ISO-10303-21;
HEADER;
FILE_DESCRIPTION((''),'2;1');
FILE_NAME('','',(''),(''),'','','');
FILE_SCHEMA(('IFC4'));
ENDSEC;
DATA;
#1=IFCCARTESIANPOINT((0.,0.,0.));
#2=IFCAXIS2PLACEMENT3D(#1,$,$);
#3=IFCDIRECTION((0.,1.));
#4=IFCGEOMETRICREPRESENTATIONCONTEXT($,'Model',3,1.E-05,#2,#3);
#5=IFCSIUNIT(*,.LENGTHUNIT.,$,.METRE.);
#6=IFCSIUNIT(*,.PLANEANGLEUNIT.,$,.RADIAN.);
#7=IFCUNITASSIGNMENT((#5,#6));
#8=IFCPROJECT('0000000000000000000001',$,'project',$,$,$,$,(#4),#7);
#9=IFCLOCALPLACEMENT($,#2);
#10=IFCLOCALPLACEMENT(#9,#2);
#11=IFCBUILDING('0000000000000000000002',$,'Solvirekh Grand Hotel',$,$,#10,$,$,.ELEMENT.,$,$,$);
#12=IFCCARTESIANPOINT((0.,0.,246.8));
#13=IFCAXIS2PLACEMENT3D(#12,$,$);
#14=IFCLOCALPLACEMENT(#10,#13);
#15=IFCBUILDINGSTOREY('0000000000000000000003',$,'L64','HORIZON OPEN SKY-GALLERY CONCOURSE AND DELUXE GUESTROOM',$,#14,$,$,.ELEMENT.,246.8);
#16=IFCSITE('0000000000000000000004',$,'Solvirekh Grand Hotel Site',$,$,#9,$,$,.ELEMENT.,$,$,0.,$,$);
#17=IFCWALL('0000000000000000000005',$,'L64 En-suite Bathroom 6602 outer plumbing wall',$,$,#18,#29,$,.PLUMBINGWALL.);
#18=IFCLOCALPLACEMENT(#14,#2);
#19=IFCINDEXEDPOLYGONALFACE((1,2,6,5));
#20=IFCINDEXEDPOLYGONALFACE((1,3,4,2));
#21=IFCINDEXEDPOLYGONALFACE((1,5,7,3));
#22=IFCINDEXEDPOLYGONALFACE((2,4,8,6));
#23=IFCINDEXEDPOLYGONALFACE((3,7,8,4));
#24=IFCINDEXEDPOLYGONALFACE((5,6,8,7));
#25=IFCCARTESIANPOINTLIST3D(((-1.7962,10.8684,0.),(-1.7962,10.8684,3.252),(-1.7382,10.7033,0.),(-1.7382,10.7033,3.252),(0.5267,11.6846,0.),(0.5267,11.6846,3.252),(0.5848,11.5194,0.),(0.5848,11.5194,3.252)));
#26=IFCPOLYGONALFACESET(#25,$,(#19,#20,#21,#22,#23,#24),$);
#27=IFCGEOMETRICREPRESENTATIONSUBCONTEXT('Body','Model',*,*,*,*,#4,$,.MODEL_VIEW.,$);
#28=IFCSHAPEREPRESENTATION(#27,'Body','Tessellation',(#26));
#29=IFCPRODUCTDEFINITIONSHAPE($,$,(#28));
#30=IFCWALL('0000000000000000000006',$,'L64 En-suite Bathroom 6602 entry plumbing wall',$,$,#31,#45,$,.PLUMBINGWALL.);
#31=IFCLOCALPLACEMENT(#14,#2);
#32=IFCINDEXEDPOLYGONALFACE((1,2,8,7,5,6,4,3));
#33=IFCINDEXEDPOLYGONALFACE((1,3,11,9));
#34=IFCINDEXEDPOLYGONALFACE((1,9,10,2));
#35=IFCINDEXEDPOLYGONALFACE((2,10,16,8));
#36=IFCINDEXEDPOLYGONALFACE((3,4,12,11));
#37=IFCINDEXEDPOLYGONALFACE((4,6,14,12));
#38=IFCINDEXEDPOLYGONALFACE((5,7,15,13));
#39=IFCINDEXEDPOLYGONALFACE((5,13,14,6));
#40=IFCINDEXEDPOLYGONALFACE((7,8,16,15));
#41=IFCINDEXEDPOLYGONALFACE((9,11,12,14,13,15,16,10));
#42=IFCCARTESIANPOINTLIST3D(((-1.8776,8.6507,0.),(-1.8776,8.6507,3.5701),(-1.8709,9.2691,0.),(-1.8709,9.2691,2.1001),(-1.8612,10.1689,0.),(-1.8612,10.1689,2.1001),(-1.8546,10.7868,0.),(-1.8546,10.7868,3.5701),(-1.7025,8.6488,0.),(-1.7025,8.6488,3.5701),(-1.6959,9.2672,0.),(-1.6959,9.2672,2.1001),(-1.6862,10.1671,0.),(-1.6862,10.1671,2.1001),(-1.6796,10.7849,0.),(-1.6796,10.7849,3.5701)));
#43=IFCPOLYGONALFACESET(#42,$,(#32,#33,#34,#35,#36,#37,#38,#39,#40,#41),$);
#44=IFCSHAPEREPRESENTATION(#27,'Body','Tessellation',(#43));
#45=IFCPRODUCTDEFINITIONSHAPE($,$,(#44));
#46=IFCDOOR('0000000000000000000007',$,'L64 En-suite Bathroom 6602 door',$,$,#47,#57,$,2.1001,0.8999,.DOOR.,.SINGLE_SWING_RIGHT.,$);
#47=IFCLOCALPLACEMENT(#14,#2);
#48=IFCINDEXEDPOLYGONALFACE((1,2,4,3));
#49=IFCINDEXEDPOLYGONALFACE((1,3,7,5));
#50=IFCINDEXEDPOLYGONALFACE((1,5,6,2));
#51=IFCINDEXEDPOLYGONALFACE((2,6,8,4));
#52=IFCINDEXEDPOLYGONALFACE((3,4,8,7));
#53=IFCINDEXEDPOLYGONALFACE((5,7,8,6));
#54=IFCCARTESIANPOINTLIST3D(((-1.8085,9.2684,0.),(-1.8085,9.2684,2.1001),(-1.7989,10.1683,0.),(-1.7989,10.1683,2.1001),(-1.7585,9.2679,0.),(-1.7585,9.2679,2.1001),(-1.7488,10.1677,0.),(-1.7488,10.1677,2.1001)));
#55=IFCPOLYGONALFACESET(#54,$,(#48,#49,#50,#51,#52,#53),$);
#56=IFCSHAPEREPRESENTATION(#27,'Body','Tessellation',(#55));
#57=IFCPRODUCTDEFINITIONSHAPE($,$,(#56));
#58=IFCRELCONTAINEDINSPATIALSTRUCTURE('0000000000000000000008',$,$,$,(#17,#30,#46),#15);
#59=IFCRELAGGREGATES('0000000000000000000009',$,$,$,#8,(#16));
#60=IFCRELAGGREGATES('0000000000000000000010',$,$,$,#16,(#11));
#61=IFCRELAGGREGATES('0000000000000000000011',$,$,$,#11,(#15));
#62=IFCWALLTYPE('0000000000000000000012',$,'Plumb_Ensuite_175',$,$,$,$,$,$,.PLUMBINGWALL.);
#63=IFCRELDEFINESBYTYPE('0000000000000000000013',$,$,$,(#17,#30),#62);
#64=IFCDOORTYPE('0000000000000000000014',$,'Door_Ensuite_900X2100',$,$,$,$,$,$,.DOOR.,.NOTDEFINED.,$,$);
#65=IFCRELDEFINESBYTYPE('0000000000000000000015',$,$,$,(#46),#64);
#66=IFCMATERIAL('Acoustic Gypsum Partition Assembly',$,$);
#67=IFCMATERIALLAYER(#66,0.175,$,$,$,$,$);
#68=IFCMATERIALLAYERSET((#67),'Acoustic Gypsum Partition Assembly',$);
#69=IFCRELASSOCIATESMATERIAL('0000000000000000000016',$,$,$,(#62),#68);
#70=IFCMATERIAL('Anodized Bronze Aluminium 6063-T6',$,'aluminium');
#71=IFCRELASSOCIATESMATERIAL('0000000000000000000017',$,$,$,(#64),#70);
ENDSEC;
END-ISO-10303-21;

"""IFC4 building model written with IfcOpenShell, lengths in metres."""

from ifc_helpers import new_model, si_unit, direction, frame, frame_2d, origin, place, context, subcontext, project, spatial, rectangle, extrude, material, layer, layer_set, type_object, element, fill, save


model = new_model("IFC4")

# Units and contexts
model_context = context("Model", 3, precision=1e-05, world=origin(), true_north=direction((0.0, 1.0)))
body_context = subcontext(model_context, "Body", "Model", "MODEL_VIEW")
ifc_project = project(units=[si_unit("LENGTHUNIT", "METRE"), si_unit("PLANEANGLEUNIT", "RADIAN")], contexts=[model_context])

# Site, building, storey
site_placement = place(None, origin())
site = spatial("IfcSite", under=ifc_project, at=site_placement, Name="Solvirekh Grand Hotel Site", CompositionType="ELEMENT", RefElevation=0.0)
building_placement = place(site_placement, origin())
building = spatial("IfcBuilding", under=site, at=building_placement, Name="Solvirekh Grand Hotel", CompositionType="ELEMENT")
storey_placement = place(building_placement, frame((0.0, 0.0, 246.8)))
storey = spatial("IfcBuildingStorey", under=building, at=storey_placement, Name="L64", Description="HORIZON OPEN SKY-GALLERY CONCOURSE AND DELUXE GUESTROOM", CompositionType="ELEMENT", Elevation=246.8)

# Shared definitions
ifc_material_1 = material(Name="Anodized Bronze Aluminium 6063-T6", Category="aluminium")

# Shared definitions
ifc_material_2 = material(Name="Acoustic Gypsum Partition Assembly")

# Wall
ifc_layer_1 = layer(ifc_material_2, 0.175)
ifc_layer_set_1 = layer_set([ifc_layer_1], Name="Acoustic Gypsum Partition Assembly")
wall_type_1 = type_object("IfcWallType", Name="Plumb_Ensuite_175", PredefinedType="PLUMBINGWALL", material=ifc_layer_set_1)
wall_1_placement = place(storey_placement, frame((-1.7671, 10.7859, 0.0), z_axis=(0.0, 0.0, 1.0), x_axis=(0.943463, 0.331476, 0.0)))
element("IfcWall", 1, at=wall_1_placement, inside=storey, type_object=wall_type_1, Name="L64 En-suite Bathroom 6602 outer plumbing wall", PredefinedType="PLUMBINGWALL", context=body_context, shape_type="SweptSolid", body=[
    extrude(rectangle(XDim=2.4622, YDim=0.175, at=frame_2d((1.231, 0.0))), origin(), (0.0, 0.0, 1.0), 3.252),
])

# Wall, opening, door
wall_2_placement = place(storey_placement, frame((-1.7671, 10.7859, 0.0), z_axis=(0.0, 0.0, 1.0), x_axis=(-0.010743, -0.999942, 0.0)))
wall_2 = element("IfcWall", 2, at=wall_2_placement, inside=storey, type_object=wall_type_1, Name="L64 En-suite Bathroom 6602 entry plumbing wall", PredefinedType="PLUMBINGWALL", context=body_context, shape_type="SweptSolid", body=[
    extrude(rectangle(XDim=2.1362, YDim=0.175, at=frame_2d((1.0681, 0.0))), origin(), (0.0, 0.0, 1.0), 3.5701),
])
opening_1_placement = place(wall_2_placement, frame((0.6179, 0.0, 0.0)))
opening_1 = element("IfcOpeningElement", 3, at=opening_1_placement, cuts=wall_2, PredefinedType="OPENING", context=body_context, shape_type="SweptSolid", body=[
    extrude(rectangle(XDim=0.8999, YDim=2.1001, at=frame_2d((0.45, 1.05))), frame((0.0, 0.0977, 0.0), z_axis=(0.0, -1.0, 0.0), x_axis=(1.0, 0.0, 0.0)), (0.0, 0.0, 1.0), 0.1951),
])
door_type_1 = type_object("IfcDoorType", Name="Door_Ensuite_900X2100", OperationType="NOTDEFINED", PredefinedType="DOOR", material=ifc_material_1)
door_1_placement = place(opening_1_placement, origin())
door_1 = element("IfcDoor", 4, at=door_1_placement, inside=storey, type_object=door_type_1, Name="L64 En-suite Bathroom 6602 door", OperationType="SINGLE_SWING_RIGHT", OverallHeight=2.1001, OverallWidth=0.8999, PredefinedType="DOOR", context=body_context, shape_type="SweptSolid", body=[
    extrude(rectangle(XDim=0.8999, YDim=2.1001, at=frame_2d((0.45, 1.05))), frame((0.0, 0.0249, 0.0), z_axis=(0.0, -1.0, 0.0), x_axis=(1.0, 0.0, 0.0)), (0.0, 0.0, 1.0), 0.05),
])
fill(opening_1, door_1)

save(model, "model.ifc")
